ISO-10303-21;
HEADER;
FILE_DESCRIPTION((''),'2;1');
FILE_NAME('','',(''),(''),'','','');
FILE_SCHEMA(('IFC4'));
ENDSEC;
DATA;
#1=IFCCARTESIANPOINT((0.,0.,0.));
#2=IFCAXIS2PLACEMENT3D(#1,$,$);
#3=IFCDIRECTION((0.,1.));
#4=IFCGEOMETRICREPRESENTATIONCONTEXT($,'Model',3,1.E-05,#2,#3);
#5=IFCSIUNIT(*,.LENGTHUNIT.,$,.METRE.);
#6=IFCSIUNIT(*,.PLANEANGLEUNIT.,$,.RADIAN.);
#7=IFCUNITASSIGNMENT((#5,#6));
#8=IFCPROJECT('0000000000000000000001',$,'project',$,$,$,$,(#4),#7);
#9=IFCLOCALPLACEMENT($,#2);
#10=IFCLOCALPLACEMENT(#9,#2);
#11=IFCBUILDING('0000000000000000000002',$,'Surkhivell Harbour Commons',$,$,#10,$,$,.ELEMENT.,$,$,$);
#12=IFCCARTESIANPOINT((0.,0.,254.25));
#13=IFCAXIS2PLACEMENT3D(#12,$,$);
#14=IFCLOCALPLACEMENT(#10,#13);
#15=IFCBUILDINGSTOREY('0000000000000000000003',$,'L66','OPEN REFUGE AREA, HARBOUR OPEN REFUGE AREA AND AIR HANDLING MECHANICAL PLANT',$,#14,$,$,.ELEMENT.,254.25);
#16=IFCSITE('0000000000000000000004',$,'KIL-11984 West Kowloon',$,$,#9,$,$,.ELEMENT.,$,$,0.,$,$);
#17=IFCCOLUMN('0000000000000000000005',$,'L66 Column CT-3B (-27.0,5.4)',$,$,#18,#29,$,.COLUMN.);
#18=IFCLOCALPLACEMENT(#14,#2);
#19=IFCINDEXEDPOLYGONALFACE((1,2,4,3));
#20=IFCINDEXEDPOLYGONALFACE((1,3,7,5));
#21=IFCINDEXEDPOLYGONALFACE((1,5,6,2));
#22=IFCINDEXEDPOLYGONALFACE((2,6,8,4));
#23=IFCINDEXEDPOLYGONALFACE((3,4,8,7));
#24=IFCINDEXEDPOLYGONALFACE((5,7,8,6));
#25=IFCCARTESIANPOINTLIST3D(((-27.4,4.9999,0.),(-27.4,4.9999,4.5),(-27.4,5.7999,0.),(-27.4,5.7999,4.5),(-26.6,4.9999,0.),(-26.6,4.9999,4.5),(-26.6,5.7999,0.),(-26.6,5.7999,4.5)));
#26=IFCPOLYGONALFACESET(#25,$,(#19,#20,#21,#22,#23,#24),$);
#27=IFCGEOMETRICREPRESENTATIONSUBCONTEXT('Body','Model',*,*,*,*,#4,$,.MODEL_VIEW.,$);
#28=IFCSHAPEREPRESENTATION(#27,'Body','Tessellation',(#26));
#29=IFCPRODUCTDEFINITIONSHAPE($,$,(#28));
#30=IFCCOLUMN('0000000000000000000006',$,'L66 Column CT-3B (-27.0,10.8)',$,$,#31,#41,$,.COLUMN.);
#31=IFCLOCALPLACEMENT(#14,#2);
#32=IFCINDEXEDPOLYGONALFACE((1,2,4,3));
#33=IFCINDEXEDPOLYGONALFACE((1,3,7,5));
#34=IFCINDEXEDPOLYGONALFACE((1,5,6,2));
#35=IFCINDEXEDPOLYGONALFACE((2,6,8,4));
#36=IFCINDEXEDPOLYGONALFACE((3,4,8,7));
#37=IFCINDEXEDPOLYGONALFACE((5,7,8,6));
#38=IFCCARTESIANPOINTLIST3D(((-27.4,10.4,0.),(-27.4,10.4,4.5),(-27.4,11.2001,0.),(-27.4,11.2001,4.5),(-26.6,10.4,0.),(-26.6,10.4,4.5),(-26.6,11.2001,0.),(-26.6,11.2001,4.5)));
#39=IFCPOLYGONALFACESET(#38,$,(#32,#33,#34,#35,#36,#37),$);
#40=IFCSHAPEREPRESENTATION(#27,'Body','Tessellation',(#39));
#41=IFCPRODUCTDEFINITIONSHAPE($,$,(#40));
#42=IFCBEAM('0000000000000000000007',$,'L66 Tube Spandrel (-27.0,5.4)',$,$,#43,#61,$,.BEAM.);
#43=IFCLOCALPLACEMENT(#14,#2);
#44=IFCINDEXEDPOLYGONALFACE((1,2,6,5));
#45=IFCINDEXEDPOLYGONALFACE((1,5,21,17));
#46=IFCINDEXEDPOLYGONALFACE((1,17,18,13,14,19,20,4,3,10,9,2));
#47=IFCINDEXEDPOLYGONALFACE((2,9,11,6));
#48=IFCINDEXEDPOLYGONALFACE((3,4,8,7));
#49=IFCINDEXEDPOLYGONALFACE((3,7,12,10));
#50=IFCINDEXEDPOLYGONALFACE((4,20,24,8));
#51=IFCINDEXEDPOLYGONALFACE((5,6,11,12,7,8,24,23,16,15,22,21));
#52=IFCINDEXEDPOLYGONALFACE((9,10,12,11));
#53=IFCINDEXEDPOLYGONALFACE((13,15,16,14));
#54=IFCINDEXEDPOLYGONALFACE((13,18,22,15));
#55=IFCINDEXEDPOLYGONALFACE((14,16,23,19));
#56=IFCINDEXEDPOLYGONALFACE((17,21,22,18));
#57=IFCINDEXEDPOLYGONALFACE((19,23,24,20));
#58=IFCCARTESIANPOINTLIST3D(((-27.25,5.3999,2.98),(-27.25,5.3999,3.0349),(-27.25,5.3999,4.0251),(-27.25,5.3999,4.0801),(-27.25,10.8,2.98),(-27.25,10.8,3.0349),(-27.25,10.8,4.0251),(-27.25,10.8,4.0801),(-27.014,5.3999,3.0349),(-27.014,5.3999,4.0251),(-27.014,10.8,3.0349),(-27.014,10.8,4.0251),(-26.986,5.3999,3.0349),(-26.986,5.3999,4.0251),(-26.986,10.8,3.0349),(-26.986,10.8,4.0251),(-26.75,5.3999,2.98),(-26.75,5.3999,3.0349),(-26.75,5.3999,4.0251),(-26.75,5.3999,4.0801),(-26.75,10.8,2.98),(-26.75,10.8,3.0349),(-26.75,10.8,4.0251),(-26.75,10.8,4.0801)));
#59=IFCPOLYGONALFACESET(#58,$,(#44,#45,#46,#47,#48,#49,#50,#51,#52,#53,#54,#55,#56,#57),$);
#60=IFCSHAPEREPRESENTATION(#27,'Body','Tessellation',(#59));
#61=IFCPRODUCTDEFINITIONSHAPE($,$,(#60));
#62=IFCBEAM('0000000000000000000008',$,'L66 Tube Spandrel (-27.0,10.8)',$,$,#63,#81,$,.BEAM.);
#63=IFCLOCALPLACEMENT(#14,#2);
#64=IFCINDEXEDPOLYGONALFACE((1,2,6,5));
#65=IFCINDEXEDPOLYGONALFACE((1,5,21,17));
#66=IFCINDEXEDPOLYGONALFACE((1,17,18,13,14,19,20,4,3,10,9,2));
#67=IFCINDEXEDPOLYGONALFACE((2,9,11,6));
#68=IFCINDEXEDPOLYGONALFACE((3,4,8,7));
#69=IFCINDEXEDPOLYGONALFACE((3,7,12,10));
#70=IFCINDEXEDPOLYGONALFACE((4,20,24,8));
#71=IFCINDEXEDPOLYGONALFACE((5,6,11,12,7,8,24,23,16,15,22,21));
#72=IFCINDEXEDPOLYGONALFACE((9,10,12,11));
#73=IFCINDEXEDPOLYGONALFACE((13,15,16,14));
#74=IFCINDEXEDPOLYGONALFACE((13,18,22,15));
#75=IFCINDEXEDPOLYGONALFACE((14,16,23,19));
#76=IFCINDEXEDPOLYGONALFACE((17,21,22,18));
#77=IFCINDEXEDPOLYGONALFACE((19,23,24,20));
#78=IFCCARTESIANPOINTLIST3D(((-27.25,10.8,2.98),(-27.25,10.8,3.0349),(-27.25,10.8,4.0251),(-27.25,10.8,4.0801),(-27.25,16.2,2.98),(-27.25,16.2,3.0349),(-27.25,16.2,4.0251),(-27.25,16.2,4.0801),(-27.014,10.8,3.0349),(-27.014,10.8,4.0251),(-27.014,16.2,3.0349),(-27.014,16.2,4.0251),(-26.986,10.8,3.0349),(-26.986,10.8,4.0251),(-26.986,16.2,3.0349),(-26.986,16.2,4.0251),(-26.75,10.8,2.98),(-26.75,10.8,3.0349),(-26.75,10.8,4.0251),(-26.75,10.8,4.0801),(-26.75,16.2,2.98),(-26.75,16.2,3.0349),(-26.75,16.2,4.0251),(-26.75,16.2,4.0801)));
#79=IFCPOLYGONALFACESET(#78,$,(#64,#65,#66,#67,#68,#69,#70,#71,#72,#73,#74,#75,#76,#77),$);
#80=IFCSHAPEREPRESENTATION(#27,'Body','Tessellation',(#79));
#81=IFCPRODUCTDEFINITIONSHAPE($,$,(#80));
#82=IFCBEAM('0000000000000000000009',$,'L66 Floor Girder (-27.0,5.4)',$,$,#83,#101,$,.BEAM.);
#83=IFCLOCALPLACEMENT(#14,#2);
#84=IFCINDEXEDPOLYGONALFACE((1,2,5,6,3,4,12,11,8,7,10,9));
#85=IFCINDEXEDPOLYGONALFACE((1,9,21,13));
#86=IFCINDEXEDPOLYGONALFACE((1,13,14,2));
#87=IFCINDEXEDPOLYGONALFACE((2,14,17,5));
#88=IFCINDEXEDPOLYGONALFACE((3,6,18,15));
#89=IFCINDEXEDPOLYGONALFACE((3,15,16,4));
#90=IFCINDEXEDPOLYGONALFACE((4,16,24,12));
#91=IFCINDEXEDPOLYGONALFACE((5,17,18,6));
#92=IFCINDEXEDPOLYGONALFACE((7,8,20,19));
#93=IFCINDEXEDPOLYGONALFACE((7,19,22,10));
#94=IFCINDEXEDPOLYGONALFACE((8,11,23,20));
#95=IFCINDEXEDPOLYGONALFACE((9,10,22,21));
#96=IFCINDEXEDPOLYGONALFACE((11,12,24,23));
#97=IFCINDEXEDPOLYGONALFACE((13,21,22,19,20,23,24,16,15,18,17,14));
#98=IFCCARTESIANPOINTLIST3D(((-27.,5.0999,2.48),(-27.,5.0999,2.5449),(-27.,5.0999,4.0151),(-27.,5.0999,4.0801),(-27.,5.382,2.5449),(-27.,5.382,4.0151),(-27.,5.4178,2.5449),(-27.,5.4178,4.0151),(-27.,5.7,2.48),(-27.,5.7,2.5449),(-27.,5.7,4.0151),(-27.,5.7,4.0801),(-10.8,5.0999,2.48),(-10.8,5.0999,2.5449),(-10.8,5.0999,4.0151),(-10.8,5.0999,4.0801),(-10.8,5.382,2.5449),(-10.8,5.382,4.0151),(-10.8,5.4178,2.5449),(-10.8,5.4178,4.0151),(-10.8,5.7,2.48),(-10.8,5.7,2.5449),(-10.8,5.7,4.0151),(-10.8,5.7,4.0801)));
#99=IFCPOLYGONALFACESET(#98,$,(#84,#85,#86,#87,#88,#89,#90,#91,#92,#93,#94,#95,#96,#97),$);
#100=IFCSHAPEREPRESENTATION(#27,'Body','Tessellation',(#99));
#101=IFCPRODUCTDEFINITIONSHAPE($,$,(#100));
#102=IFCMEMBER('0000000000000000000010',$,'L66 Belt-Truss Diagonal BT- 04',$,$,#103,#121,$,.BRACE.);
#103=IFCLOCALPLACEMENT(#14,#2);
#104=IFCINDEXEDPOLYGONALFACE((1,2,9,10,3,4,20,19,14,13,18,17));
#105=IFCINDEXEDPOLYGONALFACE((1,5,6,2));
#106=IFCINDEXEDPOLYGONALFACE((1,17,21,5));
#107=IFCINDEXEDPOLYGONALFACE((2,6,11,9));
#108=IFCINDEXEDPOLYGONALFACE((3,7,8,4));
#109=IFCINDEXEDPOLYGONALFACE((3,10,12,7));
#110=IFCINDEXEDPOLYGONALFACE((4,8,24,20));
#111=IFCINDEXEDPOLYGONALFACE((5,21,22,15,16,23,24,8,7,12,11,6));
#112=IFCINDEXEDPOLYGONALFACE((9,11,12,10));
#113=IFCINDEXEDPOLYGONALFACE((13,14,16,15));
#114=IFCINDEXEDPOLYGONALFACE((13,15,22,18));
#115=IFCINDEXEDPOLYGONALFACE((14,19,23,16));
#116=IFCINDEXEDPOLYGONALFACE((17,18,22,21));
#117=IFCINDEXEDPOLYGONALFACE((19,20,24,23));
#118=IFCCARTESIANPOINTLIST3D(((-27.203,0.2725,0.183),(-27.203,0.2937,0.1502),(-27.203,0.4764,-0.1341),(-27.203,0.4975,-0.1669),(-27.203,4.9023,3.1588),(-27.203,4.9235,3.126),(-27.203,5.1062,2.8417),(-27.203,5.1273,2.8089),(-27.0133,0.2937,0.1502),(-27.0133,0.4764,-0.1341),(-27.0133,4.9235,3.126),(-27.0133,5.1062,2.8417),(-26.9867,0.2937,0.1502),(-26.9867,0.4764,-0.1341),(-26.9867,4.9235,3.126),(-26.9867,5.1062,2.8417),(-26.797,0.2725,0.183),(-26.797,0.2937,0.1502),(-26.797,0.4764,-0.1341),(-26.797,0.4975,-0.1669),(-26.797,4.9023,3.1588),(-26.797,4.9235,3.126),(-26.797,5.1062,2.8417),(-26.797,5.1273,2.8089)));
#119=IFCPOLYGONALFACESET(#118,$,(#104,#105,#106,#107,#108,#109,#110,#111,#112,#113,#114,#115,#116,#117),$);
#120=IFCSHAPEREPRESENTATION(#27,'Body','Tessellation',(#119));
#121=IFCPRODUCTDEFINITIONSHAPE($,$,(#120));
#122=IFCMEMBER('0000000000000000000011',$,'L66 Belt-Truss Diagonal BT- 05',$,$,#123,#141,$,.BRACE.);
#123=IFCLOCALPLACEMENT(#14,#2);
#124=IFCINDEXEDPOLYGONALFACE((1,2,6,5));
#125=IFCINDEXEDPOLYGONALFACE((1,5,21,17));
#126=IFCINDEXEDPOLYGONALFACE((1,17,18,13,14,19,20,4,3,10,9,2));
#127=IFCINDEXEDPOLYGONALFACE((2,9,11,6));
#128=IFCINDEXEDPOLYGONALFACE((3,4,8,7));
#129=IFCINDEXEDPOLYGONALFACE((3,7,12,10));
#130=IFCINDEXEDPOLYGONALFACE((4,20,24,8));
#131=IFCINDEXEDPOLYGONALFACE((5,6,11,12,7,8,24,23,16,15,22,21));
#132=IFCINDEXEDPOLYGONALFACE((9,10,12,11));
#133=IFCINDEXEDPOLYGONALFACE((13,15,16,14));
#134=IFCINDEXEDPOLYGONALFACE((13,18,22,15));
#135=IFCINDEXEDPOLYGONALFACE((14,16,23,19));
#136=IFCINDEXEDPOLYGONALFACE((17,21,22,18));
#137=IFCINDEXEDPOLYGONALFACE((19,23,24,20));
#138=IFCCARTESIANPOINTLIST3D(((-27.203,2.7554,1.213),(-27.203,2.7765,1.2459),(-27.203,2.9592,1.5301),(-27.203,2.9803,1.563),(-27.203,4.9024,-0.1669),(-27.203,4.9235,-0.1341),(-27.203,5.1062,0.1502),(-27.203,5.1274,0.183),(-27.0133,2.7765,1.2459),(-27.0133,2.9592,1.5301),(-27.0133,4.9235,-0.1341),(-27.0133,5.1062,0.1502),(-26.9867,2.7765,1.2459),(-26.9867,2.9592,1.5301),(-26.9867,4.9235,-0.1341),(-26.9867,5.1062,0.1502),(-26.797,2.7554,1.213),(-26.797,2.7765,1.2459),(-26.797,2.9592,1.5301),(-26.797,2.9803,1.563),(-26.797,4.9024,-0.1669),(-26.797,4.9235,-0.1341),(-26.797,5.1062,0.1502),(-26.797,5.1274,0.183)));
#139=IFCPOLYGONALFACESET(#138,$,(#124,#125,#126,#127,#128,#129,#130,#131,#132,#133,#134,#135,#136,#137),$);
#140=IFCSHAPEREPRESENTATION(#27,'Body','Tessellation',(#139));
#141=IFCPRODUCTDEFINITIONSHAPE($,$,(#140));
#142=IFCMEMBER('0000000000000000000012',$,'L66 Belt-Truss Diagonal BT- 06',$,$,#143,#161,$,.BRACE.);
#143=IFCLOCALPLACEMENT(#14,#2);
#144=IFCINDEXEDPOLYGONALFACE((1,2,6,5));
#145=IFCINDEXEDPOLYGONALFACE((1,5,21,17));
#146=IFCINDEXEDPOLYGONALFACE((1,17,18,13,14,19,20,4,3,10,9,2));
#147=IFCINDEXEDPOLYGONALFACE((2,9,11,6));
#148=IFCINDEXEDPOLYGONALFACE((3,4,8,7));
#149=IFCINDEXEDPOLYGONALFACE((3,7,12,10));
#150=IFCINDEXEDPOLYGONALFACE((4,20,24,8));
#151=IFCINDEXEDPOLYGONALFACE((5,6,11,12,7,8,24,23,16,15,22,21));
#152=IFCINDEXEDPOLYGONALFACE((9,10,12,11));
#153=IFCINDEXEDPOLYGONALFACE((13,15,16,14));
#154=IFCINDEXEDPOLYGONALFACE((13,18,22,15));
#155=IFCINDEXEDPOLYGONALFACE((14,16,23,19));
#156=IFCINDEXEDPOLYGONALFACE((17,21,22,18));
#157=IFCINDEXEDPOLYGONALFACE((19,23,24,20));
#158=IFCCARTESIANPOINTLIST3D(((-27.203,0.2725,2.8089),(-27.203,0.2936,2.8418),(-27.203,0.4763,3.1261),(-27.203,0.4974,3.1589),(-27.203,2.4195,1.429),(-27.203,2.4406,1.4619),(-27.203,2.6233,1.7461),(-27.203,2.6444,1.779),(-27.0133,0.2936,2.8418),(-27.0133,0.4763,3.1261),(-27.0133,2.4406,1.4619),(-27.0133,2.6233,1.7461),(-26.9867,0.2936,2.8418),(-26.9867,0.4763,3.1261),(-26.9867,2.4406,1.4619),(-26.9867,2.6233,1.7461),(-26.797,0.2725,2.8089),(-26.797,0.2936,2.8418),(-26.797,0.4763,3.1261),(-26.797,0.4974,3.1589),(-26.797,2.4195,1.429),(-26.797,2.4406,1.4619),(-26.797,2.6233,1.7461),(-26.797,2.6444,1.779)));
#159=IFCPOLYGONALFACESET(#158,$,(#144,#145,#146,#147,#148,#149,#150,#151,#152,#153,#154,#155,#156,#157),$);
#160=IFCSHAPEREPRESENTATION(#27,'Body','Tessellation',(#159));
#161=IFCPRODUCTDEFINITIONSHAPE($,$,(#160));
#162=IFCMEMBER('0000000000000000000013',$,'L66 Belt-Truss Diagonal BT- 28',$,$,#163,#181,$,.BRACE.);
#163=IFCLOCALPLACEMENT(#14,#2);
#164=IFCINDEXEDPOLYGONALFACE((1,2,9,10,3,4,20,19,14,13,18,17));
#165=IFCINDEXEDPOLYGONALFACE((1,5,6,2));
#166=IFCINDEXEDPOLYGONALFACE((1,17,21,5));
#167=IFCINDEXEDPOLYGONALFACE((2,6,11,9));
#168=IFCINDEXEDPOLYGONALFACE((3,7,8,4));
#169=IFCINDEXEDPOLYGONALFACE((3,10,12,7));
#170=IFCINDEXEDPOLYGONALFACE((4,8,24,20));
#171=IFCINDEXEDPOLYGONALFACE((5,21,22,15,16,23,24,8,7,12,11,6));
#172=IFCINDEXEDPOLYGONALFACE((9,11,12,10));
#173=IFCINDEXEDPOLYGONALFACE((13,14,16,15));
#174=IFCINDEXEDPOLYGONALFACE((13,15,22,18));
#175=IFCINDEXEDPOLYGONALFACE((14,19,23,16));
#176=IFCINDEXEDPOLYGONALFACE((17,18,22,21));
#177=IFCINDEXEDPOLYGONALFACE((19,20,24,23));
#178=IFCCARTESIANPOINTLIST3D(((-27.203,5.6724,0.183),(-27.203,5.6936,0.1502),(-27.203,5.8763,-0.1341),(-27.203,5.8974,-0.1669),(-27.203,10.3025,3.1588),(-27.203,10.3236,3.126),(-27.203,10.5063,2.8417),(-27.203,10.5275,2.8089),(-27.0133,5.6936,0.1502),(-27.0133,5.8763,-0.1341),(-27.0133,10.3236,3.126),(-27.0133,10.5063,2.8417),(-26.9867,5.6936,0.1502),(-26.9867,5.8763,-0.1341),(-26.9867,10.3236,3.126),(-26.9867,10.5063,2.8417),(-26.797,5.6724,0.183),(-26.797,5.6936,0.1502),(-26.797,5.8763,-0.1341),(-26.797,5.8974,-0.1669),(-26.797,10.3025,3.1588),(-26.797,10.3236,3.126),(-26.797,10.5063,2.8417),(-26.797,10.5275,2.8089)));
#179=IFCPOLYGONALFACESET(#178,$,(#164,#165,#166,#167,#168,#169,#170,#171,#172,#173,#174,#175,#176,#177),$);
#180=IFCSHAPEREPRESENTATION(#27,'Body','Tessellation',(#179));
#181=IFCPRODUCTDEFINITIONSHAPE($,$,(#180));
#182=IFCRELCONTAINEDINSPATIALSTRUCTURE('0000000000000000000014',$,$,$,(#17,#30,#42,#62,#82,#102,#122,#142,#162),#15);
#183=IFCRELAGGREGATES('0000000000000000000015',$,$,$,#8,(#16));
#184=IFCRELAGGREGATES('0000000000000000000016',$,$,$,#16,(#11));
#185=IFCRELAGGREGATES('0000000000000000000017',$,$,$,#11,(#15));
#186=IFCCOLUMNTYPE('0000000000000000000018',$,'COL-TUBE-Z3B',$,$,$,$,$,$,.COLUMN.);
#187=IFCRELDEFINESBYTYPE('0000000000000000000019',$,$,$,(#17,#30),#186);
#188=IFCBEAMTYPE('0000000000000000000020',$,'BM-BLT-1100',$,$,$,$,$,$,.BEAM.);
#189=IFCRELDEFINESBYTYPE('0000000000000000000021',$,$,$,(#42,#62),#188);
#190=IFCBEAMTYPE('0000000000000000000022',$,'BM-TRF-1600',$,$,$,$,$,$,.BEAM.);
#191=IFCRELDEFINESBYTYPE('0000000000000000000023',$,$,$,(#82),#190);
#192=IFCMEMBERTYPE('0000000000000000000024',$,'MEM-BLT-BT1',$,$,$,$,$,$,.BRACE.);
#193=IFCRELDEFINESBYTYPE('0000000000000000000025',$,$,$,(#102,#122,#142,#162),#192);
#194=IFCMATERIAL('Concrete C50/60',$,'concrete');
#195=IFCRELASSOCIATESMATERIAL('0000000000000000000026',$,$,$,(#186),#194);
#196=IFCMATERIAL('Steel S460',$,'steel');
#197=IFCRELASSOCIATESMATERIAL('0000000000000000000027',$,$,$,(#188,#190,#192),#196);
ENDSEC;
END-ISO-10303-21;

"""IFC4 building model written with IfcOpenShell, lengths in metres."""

from ifc_helpers import new_model, si_unit, direction, frame, origin, origin_2d, place, context, subcontext, project, spatial, rectangle, i_section, extrude, material, material_profile, profile_set, type_object, element, save


model = new_model("IFC4")

# Units and contexts
model_context = context("Model", 3, precision=1e-05, world=origin(), true_north=direction((0.0, 1.0)))
body_context = subcontext(model_context, "Body", "Model", "MODEL_VIEW")
ifc_project = project(units=[si_unit("LENGTHUNIT", "METRE"), si_unit("PLANEANGLEUNIT", "RADIAN")], contexts=[model_context])

# Site, building, storey
site_placement = place(None, origin())
site = spatial("IfcSite", under=ifc_project, at=site_placement, Name="KIL-11984 West Kowloon", CompositionType="ELEMENT", RefElevation=0.0)
building_placement = place(site_placement, origin())
building = spatial("IfcBuilding", under=site, at=building_placement, Name="Surkhivell Harbour Commons", CompositionType="ELEMENT")
storey_placement = place(building_placement, frame((0.0, 0.0, 254.25)))
storey = spatial("IfcBuildingStorey", under=building, at=storey_placement, Name="L66", Description="OPEN REFUGE AREA, HARBOUR OPEN REFUGE AREA AND AIR HANDLING MECHANICAL PLANT", CompositionType="ELEMENT", Elevation=254.25)

# Columns
ifc_material_1 = material(Name="Concrete C50/60", Category="concrete")
ifc_material_profile_1 = material_profile(ifc_material_1, rectangle(XDim=0.8, YDim=0.8, at=origin_2d()), Name="RC-COL-800x800")
ifc_profile_set_1 = profile_set([ifc_material_profile_1], Name="Concrete C50/60")
column_type = type_object("IfcColumnType", Name="COL-TUBE-Z3B", PredefinedType="COLUMN", material=ifc_profile_set_1)
for number, where, z_axis, x_axis, name in (
    (1, (-27.0, 5.3999, 0.0), (0.0, 0.0, 1.0), (1.0, 0.0, 0.0), "L66 Column CT-3B (-27.0,5.4)"),
    (2, (-27.0, 10.8, 0.0), (0.0, 0.0, 1.0), (1.0, 0.0, 0.0), "L66 Column CT-3B (-27.0,10.8)"),
):
    element("IfcColumn", number, at=place(storey_placement, frame(where, z_axis=z_axis, x_axis=x_axis)), inside=storey, type_object=column_type, Name=name, PredefinedType="COLUMN", context=body_context, shape_type="SweptSolid", body=[
        extrude(rectangle(XDim=0.8, YDim=0.8, at=origin_2d()), origin(), (0.0, 0.0, 1.0), 4.5),
    ])

# Beams
ifc_material_2 = material(Name="Steel S460", Category="steel")
ifc_material_profile_2 = material_profile(ifc_material_2, i_section(OverallWidth=0.5, OverallDepth=1.1001, WebThickness=0.0281, FlangeThickness=0.0549, at=origin_2d()), Name="WPG1100x500x210")
ifc_profile_set_2 = profile_set([ifc_material_profile_2], Name="Steel S460")
beam_type_1 = type_object("IfcBeamType", Name="BM-BLT-1100", PredefinedType="BEAM", material=ifc_profile_set_2)
beam_1_placement = place(storey_placement, frame((-27.0, 5.3999, 3.53), z_axis=(0.0, 1.0, 0.0), x_axis=(-1.0, 0.0, 0.0)))
element("IfcBeam", 3, at=beam_1_placement, inside=storey, type_object=beam_type_1, Name="L66 Tube Spandrel (-27.0,5.4)", PredefinedType="BEAM", context=body_context, shape_type="SweptSolid", body=[
    extrude(i_section(OverallWidth=0.5, OverallDepth=1.1001, WebThickness=0.0281, FlangeThickness=0.0549, at=origin_2d()), origin(), (0.0, 0.0, 1.0), 5.4001),
])
beam_2_placement = place(storey_placement, frame((-27.0, 10.8, 3.53), z_axis=(0.0, 1.0, 0.0), x_axis=(-1.0, 0.0, 0.0)))
element("IfcBeam", 4, at=beam_2_placement, inside=storey, type_object=beam_type_1, Name="L66 Tube Spandrel (-27.0,10.8)", PredefinedType="BEAM", context=body_context, shape_type="SweptSolid", body=[
    extrude(i_section(OverallWidth=0.5, OverallDepth=1.1001, WebThickness=0.0281, FlangeThickness=0.0549, at=origin_2d()), origin(), (0.0, 0.0, 1.0), 5.3999),
])
ifc_material_profile_3 = material_profile(ifc_material_2, i_section(OverallWidth=0.6001, OverallDepth=1.6001, WebThickness=0.0359, FlangeThickness=0.0649, at=origin_2d()), Name="WPG1600x600x296")
ifc_profile_set_3 = profile_set([ifc_material_profile_3], Name="Steel S460")
beam_type_2 = type_object("IfcBeamType", Name="BM-TRF-1600", PredefinedType="BEAM", material=ifc_profile_set_3)
beam_3_placement = place(storey_placement, frame((-27.0, 5.3999, 3.28), z_axis=(1.0, 0.0, 0.0), x_axis=(0.0, 1.0, 0.0)))
element("IfcBeam", 5, at=beam_3_placement, inside=storey, type_object=beam_type_2, Name="L66 Floor Girder (-27.0,5.4)", PredefinedType="BEAM", context=body_context, shape_type="SweptSolid", body=[
    extrude(i_section(OverallWidth=0.6001, OverallDepth=1.6001, WebThickness=0.0359, FlangeThickness=0.0649, at=origin_2d()), origin(), (0.0, 0.0, 1.0), 16.2),
])

# Members
ifc_material_profile_4 = material_profile(ifc_material_2, i_section(OverallWidth=0.406, OverallDepth=0.416, WebThickness=0.0266, FlangeThickness=0.0391, at=origin_2d()), Name="HD400x382")
ifc_profile_set_4 = profile_set([ifc_material_profile_4], Name="Steel S460")
member_type = type_object("IfcMemberType", Name="MEM-BLT-BT1", PredefinedType="BRACE", material=ifc_profile_set_4)
member_1_placement = place(storey_placement, frame((-27.0, 0.385, 0.0081), z_axis=(0.0, 0.841222, 0.54069), x_axis=(-1.0, 0.0, 0.0)))
element("IfcMember", 6, at=member_1_placement, inside=storey, type_object=member_type, Name="L66 Belt-Truss Diagonal BT- 04", PredefinedType="BRACE", context=body_context, shape_type="SweptSolid", body=[
    extrude(i_section(OverallWidth=0.406, OverallDepth=0.416, WebThickness=0.0266, FlangeThickness=0.0391, at=origin_2d()), origin(), (0.0, 0.0, 1.0), 5.5037),
])
for number, where, z_axis, x_axis, name in (
    (7, (-27.0, 5.0149, 0.0081), (0.0, -0.841234, 0.540671), (1.0, 0.0, 0.0), "L66 Belt-Truss Diagonal BT- 05"),
    (8, (-27.0, 2.532, 1.604), (0.0, -0.841234, 0.540671), (1.0, 0.0, 0.0), "L66 Belt-Truss Diagonal BT- 06"),
):
    element("IfcMember", number, at=place(storey_placement, frame(where, z_axis=z_axis, x_axis=x_axis)), inside=storey, type_object=member_type, Name=name, PredefinedType="BRACE", context=body_context, shape_type="SweptSolid", body=[
        extrude(i_section(OverallWidth=0.406, OverallDepth=0.416, WebThickness=0.0266, FlangeThickness=0.0391, at=origin_2d()), origin(), (0.0, 0.0, 1.0), 2.5522),
    ])
member_2_placement = place(storey_placement, frame((-27.0, 5.7849, 0.0081), z_axis=(0.0, 0.841235, 0.54067), x_axis=(-1.0, 0.0, 0.0)))
element("IfcMember", 9, at=member_2_placement, inside=storey, type_object=member_type, Name="L66 Belt-Truss Diagonal BT- 28", PredefinedType="BRACE", context=body_context, shape_type="SweptSolid", body=[
    extrude(i_section(OverallWidth=0.406, OverallDepth=0.416, WebThickness=0.0266, FlangeThickness=0.0391, at=origin_2d()), origin(), (0.0, 0.0, 1.0), 5.5039),
])

save(model, "model.ifc")
